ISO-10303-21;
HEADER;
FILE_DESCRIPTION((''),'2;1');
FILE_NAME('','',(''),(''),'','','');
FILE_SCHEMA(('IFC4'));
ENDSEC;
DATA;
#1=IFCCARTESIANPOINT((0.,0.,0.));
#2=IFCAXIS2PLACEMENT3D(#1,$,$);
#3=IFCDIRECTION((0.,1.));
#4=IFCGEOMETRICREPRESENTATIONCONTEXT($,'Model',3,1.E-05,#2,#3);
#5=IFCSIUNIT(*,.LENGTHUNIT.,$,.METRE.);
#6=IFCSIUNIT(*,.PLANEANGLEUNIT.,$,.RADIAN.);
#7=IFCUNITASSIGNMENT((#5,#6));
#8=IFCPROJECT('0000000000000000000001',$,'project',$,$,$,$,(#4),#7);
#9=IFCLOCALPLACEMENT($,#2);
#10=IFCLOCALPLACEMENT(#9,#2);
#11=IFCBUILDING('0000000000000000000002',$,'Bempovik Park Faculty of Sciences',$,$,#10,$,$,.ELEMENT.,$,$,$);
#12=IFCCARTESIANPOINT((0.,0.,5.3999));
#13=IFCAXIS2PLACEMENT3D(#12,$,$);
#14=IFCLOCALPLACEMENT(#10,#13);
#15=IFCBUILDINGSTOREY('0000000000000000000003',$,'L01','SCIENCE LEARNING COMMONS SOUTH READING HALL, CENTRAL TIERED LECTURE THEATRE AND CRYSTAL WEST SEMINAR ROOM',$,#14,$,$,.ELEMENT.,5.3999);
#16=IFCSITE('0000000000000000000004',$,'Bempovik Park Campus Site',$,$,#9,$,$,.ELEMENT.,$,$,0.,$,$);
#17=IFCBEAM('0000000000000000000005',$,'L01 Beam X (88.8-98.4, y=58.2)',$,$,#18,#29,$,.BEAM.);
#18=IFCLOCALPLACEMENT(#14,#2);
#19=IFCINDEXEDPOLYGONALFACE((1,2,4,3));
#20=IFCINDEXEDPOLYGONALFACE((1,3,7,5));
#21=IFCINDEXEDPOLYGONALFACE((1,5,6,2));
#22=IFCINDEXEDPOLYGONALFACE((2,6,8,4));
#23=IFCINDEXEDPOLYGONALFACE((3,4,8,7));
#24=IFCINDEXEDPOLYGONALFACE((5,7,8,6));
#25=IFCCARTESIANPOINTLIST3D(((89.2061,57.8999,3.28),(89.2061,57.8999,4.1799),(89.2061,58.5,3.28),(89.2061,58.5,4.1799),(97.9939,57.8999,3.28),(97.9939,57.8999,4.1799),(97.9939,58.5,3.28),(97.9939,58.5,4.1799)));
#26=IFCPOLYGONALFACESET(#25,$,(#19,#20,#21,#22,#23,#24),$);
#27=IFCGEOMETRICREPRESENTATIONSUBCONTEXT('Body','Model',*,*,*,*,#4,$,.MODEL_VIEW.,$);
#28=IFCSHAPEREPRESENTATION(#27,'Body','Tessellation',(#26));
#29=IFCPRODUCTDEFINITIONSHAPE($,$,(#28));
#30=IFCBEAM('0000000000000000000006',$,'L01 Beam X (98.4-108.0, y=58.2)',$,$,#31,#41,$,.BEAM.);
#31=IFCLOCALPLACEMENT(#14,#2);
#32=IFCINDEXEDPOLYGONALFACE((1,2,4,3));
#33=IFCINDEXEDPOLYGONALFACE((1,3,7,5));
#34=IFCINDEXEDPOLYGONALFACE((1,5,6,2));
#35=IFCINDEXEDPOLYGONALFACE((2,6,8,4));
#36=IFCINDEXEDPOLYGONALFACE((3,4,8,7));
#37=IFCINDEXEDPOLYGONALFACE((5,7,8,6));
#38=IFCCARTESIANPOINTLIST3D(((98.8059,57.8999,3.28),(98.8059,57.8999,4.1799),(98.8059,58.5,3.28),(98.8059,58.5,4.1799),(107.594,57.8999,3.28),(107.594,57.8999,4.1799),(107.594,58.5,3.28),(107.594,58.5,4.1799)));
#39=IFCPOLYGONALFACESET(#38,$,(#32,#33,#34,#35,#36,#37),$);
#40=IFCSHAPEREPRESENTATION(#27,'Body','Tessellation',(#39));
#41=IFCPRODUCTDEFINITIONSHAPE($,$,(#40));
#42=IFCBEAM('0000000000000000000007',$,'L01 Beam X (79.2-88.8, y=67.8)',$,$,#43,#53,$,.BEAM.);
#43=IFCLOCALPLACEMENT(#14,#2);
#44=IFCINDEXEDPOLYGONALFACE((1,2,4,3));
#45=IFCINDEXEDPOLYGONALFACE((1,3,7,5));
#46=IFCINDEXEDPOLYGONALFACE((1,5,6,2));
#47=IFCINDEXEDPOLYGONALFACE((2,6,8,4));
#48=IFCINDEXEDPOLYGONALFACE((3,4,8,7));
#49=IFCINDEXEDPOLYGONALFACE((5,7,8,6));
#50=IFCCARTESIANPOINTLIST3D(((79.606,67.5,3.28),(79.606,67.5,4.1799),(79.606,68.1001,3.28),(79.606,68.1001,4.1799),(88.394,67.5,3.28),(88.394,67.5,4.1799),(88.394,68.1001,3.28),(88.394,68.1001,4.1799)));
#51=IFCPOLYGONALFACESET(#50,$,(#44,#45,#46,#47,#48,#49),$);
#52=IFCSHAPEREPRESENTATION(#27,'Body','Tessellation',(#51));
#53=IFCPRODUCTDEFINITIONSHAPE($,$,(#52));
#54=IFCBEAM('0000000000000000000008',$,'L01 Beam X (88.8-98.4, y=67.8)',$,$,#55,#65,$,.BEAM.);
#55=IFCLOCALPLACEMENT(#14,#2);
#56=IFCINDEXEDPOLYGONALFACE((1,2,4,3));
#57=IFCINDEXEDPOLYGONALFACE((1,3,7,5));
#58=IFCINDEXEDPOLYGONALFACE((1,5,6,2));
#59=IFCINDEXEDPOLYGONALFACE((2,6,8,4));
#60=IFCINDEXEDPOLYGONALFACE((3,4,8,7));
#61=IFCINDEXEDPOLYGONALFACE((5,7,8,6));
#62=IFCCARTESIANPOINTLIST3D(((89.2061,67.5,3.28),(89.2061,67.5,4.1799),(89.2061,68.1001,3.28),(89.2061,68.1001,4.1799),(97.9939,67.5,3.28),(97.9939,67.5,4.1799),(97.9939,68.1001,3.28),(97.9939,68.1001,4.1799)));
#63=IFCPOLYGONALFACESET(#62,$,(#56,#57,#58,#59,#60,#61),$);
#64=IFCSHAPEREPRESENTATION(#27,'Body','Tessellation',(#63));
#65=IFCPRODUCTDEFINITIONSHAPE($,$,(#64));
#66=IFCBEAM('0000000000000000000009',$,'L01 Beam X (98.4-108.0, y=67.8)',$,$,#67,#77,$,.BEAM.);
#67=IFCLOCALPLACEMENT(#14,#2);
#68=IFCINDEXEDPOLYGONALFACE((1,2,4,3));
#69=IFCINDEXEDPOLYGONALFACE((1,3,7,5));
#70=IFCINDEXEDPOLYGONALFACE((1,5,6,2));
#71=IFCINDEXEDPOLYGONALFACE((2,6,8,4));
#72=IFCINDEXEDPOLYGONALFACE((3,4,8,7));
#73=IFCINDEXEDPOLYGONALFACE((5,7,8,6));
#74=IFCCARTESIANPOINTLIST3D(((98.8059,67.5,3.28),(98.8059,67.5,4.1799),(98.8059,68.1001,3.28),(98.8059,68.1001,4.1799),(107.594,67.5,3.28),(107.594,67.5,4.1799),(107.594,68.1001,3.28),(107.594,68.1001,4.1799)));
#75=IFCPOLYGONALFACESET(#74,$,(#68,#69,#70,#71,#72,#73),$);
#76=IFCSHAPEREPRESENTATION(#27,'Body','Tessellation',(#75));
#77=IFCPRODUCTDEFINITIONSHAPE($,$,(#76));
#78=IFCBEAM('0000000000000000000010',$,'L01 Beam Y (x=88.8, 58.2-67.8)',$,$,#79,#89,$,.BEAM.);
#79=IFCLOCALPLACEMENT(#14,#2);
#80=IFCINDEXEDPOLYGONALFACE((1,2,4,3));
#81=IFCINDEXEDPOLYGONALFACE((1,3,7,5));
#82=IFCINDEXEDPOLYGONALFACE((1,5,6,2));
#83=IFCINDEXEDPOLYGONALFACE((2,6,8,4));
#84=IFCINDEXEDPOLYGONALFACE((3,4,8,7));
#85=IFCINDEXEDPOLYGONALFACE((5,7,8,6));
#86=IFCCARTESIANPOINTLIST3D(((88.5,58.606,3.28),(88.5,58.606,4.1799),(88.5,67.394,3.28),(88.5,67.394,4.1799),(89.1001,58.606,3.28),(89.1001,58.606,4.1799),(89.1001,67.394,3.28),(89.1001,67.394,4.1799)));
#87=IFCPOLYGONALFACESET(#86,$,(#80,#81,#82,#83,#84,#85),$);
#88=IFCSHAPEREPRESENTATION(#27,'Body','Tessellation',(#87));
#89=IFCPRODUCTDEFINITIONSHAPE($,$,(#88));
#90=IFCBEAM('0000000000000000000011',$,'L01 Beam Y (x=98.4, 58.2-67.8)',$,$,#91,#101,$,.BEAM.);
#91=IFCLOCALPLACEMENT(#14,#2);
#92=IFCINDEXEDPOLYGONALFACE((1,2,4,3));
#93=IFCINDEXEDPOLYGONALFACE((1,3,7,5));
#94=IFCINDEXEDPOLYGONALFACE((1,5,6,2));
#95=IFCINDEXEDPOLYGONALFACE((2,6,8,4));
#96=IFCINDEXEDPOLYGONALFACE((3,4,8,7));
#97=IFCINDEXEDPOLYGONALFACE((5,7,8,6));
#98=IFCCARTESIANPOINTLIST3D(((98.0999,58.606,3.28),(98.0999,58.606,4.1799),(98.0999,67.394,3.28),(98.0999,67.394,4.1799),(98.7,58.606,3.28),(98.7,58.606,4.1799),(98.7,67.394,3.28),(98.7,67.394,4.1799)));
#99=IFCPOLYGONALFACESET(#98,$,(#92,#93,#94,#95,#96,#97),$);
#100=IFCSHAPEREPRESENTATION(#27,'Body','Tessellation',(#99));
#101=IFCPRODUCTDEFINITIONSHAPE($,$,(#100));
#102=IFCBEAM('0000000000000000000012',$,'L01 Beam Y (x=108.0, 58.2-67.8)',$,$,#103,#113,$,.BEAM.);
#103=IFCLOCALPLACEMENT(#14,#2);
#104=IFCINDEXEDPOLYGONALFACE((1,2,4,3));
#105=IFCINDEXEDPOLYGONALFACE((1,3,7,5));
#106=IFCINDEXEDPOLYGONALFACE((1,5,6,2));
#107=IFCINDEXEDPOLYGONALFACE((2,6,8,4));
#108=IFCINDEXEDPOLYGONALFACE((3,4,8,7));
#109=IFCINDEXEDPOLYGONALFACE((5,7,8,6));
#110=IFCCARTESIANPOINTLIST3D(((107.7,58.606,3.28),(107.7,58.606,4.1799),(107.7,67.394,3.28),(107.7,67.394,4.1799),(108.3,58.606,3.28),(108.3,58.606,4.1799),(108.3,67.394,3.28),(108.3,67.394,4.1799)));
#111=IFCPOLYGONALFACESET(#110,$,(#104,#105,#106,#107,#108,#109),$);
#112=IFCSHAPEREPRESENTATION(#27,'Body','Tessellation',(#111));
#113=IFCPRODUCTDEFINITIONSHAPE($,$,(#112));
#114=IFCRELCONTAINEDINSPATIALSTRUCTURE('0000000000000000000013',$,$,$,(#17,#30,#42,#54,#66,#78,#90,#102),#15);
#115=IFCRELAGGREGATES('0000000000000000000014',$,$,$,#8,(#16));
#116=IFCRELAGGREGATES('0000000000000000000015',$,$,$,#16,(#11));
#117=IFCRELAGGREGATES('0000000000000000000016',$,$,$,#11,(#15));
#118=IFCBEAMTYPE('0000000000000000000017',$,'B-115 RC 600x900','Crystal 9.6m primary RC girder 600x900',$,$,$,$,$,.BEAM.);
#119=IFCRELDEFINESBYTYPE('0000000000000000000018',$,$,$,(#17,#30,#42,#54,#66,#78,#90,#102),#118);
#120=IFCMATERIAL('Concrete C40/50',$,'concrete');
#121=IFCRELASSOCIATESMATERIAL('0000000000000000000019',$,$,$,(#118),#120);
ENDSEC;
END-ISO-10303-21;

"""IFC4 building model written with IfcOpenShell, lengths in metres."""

from ifc_helpers import new_model, si_unit, direction, frame, origin, origin_2d, place, context, subcontext, project, spatial, rectangle, extrude, material, material_profile, profile_set, type_object, element, save


model = new_model("IFC4")

# Units and contexts
model_context = context("Model", 3, precision=1e-05, world=origin(), true_north=direction((0.0, 1.0)))
body_context = subcontext(model_context, "Body", "Model", "MODEL_VIEW")
ifc_project = project(units=[si_unit("LENGTHUNIT", "METRE"), si_unit("PLANEANGLEUNIT", "RADIAN")], contexts=[model_context])

# Site, building, storey
site_placement = place(None, origin())
site = spatial("IfcSite", under=ifc_project, at=site_placement, Name="Bempovik Park Campus Site", CompositionType="ELEMENT", RefElevation=0.0)
building_placement = place(site_placement, origin())
building = spatial("IfcBuilding", under=site, at=building_placement, Name="Bempovik Park Faculty of Sciences", CompositionType="ELEMENT")
storey_placement = place(building_placement, frame((0.0, 0.0, 5.3999)))
storey = spatial("IfcBuildingStorey", under=building, at=storey_placement, Name="L01", Description="SCIENCE LEARNING COMMONS SOUTH READING HALL, CENTRAL TIERED LECTURE THEATRE AND CRYSTAL WEST SEMINAR ROOM", CompositionType="ELEMENT", Elevation=5.3999)

# Shared definitions
ifc_material_1 = material(Name="Concrete C40/50", Category="concrete")

# Beams
ifc_material_profile_1 = material_profile(ifc_material_1, rectangle(XDim=0.6001, YDim=0.8999, at=origin_2d()), Name="RC 600x900")
ifc_profile_set_1 = profile_set([ifc_material_profile_1], Name="Concrete C40/50")
beam_type_1 = type_object("IfcBeamType", Name="B-115 RC 600x900", Description="Crystal 9.6m primary RC girder 600x900", PredefinedType="BEAM", material=ifc_profile_set_1)
beam_1_placement = place(storey_placement, frame((89.2061, 58.2, 3.73), z_axis=(1.0, 0.0, 0.0), x_axis=(0.0, 1.0, 0.0)))
element("IfcBeam", 1, at=beam_1_placement, inside=storey, type_object=beam_type_1, Name="L01 Beam X (88.8-98.4, y=58.2)", PredefinedType="BEAM", context=body_context, shape_type="SweptSolid", body=[
    extrude(rectangle(XDim=0.6001, YDim=0.8999, at=origin_2d()), origin(), (0.0, 0.0, 1.0), 8.7878),
])
for number, where, z_axis, x_axis, name in (
    (2, (98.8059, 58.2, 3.73), (1.0, 0.0, 0.0), (0.0, 1.0, 0.0), "L01 Beam X (98.4-108.0, y=58.2)"),
    (3, (79.606, 67.8, 3.73), (1.0, 0.0, 0.0), (0.0, 1.0, 0.0), "L01 Beam X (79.2-88.8, y=67.8)"),
):
    element("IfcBeam", number, at=place(storey_placement, frame(where, z_axis=z_axis, x_axis=x_axis)), inside=storey, type_object=beam_type_1, Name=name, PredefinedType="BEAM", context=body_context, shape_type="SweptSolid", body=[
        extrude(rectangle(XDim=0.6001, YDim=0.8999, at=origin_2d()), origin(), (0.0, 0.0, 1.0), 8.7881),
    ])
beam_2_placement = place(storey_placement, frame((89.2061, 67.8, 3.73), z_axis=(1.0, 0.0, 0.0), x_axis=(0.0, 1.0, 0.0)))
element("IfcBeam", 4, at=beam_2_placement, inside=storey, type_object=beam_type_1, Name="L01 Beam X (88.8-98.4, y=67.8)", PredefinedType="BEAM", context=body_context, shape_type="SweptSolid", body=[
    extrude(rectangle(XDim=0.6001, YDim=0.8999, at=origin_2d()), origin(), (0.0, 0.0, 1.0), 8.7878),
])
for number, where, z_axis, x_axis, name in (
    (5, (98.8059, 67.8, 3.73), (1.0, 0.0, 0.0), (0.0, 1.0, 0.0), "L01 Beam X (98.4-108.0, y=67.8)"),
    (6, (88.8, 58.606, 3.73), (0.0, 1.0, 0.0), (-1.0, 0.0, 0.0), "L01 Beam Y (x=88.8, 58.2-67.8)"),
    (7, (98.3999, 58.606, 3.73), (0.0, 1.0, 0.0), (-1.0, 0.0, 0.0), "L01 Beam Y (x=98.4, 58.2-67.8)"),
    (8, (108.0, 58.606, 3.73), (0.0, 1.0, 0.0), (-1.0, 0.0, 0.0), "L01 Beam Y (x=108.0, 58.2-67.8)"),
):
    element("IfcBeam", number, at=place(storey_placement, frame(where, z_axis=z_axis, x_axis=x_axis)), inside=storey, type_object=beam_type_1, Name=name, PredefinedType="BEAM", context=body_context, shape_type="SweptSolid", body=[
        extrude(rectangle(XDim=0.6001, YDim=0.8999, at=origin_2d()), origin(), (0.0, 0.0, 1.0), 8.7881),
    ])

save(model, "model.ifc")
